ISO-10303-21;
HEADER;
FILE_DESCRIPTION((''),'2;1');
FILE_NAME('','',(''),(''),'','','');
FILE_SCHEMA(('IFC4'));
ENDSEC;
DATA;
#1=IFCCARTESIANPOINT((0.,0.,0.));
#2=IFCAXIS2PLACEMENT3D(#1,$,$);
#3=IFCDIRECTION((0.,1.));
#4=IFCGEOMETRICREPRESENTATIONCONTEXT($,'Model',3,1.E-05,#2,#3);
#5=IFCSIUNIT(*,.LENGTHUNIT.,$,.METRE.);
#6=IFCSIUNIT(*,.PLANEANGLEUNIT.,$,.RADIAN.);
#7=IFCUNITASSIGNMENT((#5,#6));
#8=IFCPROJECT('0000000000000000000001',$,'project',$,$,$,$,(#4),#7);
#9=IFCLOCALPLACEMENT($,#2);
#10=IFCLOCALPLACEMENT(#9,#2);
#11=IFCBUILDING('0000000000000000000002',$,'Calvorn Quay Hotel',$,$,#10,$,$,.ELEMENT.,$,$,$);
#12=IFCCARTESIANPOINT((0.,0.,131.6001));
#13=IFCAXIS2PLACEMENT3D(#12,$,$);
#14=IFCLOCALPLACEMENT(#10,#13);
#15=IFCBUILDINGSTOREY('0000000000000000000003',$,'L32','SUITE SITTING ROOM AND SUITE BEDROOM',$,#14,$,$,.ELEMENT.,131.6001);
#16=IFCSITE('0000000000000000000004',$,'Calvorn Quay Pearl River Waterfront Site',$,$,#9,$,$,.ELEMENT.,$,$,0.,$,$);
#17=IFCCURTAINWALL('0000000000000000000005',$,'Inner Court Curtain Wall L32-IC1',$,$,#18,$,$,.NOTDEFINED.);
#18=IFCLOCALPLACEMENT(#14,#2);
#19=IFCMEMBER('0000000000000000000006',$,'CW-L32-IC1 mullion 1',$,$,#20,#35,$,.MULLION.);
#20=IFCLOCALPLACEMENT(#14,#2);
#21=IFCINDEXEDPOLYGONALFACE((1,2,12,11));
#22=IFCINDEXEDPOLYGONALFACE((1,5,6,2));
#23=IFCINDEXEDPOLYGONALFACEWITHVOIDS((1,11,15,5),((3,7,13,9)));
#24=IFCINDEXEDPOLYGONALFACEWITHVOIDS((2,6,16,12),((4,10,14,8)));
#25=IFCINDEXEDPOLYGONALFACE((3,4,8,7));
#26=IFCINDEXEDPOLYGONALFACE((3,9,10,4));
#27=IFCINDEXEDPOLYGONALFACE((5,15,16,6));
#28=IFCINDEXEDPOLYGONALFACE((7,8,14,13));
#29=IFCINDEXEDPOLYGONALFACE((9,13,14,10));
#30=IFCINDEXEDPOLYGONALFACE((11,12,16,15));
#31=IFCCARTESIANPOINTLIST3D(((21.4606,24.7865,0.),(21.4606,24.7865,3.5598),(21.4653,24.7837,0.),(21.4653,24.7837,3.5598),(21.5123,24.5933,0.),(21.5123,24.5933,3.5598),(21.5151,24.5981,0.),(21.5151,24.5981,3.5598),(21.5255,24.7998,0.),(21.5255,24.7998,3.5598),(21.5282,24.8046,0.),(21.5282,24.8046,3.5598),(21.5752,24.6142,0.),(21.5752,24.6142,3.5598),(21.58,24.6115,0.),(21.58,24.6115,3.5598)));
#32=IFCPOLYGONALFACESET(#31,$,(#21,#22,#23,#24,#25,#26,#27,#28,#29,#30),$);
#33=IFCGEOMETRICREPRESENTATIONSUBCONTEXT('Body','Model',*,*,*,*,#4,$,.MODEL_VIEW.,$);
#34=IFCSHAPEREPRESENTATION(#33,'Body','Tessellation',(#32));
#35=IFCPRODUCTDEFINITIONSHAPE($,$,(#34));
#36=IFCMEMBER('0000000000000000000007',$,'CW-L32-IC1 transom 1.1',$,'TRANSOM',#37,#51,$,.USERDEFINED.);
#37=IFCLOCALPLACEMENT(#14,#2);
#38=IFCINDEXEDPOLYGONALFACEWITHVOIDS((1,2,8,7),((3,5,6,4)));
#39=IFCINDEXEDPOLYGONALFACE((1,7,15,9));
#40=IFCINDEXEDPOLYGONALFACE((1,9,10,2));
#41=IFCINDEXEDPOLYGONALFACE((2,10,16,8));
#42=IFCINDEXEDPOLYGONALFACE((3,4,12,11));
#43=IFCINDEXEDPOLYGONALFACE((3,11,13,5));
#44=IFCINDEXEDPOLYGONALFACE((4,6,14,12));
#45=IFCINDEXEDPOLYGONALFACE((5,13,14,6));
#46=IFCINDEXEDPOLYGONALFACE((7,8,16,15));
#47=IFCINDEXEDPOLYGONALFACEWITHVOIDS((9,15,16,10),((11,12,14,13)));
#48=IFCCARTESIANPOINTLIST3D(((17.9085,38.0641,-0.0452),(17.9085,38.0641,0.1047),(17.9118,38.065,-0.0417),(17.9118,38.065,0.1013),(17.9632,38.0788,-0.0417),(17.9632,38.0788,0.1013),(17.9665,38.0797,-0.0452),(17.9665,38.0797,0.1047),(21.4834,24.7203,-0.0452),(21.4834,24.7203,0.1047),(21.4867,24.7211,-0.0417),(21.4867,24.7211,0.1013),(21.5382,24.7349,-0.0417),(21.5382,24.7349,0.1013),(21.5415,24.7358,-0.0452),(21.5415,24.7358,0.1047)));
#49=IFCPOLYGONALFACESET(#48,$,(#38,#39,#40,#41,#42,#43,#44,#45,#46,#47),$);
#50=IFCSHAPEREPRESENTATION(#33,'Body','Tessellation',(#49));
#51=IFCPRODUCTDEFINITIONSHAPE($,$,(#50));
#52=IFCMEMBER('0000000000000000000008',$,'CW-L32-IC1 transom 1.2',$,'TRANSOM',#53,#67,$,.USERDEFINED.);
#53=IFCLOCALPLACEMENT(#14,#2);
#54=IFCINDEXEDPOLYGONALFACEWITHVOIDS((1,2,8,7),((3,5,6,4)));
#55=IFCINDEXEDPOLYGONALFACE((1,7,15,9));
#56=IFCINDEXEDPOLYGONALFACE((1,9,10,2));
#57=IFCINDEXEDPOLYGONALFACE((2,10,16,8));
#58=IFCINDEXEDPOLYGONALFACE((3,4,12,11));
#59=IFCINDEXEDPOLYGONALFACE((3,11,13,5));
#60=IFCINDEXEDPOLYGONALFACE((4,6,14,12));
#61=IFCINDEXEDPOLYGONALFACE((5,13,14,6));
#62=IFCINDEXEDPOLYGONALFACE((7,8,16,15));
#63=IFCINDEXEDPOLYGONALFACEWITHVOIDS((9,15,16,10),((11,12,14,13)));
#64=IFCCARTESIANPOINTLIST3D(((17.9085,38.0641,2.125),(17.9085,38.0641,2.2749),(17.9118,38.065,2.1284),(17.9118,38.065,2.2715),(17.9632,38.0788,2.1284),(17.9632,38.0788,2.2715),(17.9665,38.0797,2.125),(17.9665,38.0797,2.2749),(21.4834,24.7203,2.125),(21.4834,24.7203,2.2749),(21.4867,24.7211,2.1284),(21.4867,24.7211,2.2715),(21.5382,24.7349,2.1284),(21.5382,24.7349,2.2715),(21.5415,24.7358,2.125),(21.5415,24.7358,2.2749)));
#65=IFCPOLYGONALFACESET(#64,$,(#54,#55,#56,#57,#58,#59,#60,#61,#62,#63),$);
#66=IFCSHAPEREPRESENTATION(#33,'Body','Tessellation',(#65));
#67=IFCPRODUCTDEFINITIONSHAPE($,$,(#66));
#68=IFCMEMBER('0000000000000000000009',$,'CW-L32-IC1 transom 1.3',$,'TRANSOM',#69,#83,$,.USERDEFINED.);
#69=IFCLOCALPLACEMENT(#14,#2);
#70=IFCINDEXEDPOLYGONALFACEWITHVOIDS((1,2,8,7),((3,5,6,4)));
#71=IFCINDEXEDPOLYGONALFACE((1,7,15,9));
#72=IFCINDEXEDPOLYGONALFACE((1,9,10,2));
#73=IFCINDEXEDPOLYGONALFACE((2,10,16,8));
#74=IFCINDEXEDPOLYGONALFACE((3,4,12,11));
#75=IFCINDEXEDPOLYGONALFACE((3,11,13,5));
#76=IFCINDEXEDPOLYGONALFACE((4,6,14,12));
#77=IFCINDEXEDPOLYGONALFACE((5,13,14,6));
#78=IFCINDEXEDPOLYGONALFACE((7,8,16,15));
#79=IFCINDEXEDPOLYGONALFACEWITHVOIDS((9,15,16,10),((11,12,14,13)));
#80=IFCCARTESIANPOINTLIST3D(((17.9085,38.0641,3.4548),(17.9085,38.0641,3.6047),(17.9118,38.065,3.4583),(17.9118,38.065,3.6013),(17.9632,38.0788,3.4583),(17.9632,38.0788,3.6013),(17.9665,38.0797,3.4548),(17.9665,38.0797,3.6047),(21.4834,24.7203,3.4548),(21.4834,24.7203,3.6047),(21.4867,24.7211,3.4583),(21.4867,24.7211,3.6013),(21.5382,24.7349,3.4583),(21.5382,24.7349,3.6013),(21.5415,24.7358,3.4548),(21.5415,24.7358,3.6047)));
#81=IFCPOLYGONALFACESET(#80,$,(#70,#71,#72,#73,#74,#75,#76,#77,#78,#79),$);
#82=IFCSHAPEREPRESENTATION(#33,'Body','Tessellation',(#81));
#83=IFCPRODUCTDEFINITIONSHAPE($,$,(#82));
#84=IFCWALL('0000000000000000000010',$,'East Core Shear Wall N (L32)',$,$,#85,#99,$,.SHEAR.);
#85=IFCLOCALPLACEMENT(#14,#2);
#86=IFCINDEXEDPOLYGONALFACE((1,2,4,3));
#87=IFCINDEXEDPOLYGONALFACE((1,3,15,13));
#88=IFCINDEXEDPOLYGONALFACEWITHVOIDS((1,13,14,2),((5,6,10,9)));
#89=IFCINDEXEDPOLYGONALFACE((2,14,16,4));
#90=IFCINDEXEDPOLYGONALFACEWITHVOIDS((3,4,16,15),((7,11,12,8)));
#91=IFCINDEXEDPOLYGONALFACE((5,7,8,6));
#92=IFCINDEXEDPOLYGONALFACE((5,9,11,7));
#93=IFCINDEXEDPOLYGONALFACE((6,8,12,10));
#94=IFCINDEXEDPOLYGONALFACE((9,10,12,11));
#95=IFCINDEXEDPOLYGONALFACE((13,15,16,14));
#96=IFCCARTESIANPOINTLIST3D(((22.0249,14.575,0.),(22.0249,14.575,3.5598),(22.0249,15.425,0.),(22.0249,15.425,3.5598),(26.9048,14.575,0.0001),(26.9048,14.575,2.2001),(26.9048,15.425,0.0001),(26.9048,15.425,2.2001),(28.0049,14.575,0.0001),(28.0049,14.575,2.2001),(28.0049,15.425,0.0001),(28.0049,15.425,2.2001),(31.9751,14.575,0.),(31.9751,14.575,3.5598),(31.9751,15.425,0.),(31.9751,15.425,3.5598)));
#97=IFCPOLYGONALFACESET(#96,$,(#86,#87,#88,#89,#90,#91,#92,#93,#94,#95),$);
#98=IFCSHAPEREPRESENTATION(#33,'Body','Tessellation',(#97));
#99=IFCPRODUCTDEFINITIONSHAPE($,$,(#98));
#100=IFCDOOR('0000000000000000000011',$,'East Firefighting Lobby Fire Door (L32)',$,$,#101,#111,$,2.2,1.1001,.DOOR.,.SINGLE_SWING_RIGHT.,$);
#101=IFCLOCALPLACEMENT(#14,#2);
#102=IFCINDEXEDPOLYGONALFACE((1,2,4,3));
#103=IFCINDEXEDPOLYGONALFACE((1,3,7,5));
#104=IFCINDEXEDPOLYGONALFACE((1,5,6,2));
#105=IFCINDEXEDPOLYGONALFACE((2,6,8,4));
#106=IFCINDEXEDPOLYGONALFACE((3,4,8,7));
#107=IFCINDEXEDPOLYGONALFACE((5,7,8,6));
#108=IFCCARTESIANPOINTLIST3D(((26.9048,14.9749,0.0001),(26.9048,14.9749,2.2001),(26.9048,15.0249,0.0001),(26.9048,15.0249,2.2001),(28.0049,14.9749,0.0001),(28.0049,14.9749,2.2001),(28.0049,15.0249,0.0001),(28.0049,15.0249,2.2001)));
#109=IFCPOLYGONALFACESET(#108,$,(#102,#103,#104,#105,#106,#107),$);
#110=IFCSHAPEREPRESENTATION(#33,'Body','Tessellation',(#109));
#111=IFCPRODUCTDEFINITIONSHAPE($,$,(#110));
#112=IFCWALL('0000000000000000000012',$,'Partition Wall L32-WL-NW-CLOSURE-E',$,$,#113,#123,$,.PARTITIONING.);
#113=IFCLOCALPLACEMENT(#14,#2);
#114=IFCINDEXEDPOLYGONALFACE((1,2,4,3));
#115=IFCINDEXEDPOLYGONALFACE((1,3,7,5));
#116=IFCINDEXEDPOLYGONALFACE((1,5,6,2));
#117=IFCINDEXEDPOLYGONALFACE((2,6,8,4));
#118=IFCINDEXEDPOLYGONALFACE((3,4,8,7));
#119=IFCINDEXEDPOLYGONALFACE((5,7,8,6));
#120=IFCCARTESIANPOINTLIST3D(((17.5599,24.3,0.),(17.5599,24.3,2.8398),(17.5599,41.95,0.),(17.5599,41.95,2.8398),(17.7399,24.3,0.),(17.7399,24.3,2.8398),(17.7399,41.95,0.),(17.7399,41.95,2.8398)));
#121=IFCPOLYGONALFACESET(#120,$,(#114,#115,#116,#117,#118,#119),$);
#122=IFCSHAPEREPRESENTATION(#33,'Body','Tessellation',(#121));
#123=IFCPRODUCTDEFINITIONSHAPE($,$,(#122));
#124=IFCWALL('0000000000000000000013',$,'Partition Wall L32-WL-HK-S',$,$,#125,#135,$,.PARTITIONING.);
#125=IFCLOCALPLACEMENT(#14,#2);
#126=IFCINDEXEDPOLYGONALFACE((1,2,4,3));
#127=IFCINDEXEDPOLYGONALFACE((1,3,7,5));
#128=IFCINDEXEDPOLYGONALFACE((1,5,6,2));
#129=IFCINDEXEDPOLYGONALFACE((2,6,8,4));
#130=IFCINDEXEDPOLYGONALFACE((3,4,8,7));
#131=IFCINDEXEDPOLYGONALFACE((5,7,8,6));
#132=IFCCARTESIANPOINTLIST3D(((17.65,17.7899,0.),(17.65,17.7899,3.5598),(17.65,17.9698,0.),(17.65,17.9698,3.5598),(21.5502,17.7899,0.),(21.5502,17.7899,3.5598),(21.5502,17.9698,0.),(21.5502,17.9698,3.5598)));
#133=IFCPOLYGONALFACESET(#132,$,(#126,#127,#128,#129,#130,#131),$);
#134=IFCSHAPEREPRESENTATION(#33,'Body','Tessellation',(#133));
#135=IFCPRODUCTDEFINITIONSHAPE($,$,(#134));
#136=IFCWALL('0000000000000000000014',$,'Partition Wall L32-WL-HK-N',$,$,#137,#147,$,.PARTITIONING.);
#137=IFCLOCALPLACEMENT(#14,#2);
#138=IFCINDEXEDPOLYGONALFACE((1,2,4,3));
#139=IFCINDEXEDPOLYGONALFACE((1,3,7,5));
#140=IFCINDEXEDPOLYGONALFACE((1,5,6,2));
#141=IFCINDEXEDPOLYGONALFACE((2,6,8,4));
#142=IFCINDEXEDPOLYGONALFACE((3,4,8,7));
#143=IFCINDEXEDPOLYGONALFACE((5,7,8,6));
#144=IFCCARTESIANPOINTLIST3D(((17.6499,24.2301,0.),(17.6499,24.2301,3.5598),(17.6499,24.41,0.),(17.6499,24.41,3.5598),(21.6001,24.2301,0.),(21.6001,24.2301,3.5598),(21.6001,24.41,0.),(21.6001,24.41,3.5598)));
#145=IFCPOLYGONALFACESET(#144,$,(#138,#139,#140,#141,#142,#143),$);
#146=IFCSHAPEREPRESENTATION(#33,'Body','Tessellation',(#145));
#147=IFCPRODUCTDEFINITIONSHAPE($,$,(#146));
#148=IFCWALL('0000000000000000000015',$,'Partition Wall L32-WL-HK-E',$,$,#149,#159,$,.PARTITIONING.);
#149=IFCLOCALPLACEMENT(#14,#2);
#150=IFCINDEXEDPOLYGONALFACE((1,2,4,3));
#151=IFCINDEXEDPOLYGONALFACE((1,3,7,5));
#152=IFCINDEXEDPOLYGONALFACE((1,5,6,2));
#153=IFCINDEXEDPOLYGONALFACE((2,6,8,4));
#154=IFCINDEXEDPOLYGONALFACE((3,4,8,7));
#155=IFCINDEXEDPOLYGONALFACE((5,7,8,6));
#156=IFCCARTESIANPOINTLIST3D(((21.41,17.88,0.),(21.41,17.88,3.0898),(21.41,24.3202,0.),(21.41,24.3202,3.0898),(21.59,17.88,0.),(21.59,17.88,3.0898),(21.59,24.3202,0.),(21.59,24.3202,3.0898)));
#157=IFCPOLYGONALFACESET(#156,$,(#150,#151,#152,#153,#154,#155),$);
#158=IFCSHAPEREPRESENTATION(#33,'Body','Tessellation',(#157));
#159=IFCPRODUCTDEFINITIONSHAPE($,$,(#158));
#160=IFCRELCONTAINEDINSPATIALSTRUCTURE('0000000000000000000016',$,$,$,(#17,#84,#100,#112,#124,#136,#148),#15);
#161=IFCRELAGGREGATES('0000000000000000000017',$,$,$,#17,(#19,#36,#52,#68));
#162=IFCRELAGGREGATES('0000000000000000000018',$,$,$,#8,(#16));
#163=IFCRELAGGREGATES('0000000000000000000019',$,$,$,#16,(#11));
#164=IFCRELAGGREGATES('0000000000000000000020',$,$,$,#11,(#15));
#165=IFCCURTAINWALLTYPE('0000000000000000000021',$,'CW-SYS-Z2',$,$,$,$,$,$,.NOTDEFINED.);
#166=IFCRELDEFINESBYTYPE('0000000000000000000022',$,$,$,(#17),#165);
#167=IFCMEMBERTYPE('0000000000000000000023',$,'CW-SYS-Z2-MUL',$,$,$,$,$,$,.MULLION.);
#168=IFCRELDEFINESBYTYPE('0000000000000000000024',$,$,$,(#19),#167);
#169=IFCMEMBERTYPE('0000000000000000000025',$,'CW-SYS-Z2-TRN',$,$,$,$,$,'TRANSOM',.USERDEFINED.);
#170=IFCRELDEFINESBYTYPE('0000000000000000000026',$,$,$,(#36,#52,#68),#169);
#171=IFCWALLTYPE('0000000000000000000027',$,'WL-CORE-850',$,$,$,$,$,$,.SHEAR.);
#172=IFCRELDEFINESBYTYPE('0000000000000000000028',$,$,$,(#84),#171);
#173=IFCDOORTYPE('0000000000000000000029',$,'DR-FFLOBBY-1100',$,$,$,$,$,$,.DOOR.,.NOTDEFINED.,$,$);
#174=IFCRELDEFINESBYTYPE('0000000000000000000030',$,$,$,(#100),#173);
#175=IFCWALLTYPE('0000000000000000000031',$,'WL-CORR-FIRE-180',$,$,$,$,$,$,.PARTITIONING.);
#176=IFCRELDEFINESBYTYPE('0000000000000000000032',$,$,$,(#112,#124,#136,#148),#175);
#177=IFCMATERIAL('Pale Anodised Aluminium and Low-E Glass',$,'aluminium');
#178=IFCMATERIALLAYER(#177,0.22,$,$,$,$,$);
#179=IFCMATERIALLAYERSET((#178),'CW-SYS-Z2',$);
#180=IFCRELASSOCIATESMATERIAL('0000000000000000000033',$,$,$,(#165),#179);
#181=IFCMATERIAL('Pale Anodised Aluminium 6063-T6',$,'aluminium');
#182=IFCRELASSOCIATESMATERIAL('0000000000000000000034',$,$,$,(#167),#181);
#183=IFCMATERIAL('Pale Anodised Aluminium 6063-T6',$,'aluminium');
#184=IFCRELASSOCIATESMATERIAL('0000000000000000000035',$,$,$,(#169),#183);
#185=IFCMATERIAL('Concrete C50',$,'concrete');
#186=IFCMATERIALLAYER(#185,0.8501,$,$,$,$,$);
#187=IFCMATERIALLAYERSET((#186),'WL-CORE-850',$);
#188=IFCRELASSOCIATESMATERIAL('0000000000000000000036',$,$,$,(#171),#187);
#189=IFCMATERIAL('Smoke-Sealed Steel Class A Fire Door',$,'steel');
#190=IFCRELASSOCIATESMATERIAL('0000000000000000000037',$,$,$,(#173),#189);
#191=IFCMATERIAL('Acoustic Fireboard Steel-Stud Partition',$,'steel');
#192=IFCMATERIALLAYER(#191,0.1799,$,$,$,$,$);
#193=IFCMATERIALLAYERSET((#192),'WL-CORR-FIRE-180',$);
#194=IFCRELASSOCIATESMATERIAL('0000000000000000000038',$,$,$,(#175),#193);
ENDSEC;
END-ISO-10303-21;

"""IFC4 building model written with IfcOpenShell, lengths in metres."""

from ifc_helpers import new_model, si_unit, direction, frame, frame_2d, origin, origin_2d, place, context, subcontext, project, spatial, rectangle, hollow_rectangle, extrude, material, layer, layer_set, material_profile, profile_set, type_object, element, fill, aggregate, save


model = new_model("IFC4")

# Units and contexts
model_context = context("Model", 3, precision=1e-05, world=origin(), true_north=direction((0.0, 1.0)))
body_context = subcontext(model_context, "Body", "Model", "MODEL_VIEW")
ifc_project = project(units=[si_unit("LENGTHUNIT", "METRE"), si_unit("PLANEANGLEUNIT", "RADIAN")], contexts=[model_context])

# Site, building, storey
site_placement = place(None, origin())
site = spatial("IfcSite", under=ifc_project, at=site_placement, Name="Calvorn Quay Pearl River Waterfront Site", CompositionType="ELEMENT", RefElevation=0.0)
building_placement = place(site_placement, origin())
building = spatial("IfcBuilding", under=site, at=building_placement, Name="Calvorn Quay Hotel", CompositionType="ELEMENT")
storey_placement = place(building_placement, frame((0.0, 0.0, 131.6001)))
storey = spatial("IfcBuildingStorey", under=building, at=storey_placement, Name="L32", Description="SUITE SITTING ROOM AND SUITE BEDROOM", CompositionType="ELEMENT", Elevation=131.6001)

# Shared definitions
ifc_material_1 = material(Name="Pale Anodised Aluminium and Low-E Glass", Category="aluminium")
ifc_layer_1 = layer(ifc_material_1, 0.22)
ifc_layer_set_1 = layer_set([ifc_layer_1], Name="CW-SYS-Z2")
curtain_wall_type = type_object("IfcCurtainWallType", Name="CW-SYS-Z2", PredefinedType="NOTDEFINED", material=ifc_layer_set_1)
ifc_material_2 = material(Name="Pale Anodised Aluminium 6063-T6", Category="aluminium")
ifc_material_profile_1 = material_profile(ifc_material_2, hollow_rectangle(XDim=0.0701, YDim=0.2, WallThickness=0.0039, at=origin_2d()), Name="ALU-M200x70x4")
ifc_profile_set_1 = profile_set([ifc_material_profile_1], Name="Pale Anodised Aluminium 6063-T6")
member_type_1 = type_object("IfcMemberType", Name="CW-SYS-Z2-MUL", PredefinedType="MULLION", material=ifc_profile_set_1)

# Curtain wall, members
curtain_wall_1_placement = place(storey_placement, origin())
curtain_wall_1 = element("IfcCurtainWall", 1, at=curtain_wall_1_placement, inside=storey, type_object=curtain_wall_type, Name="Inner Court Curtain Wall L32-IC1", PredefinedType="NOTDEFINED")
member_1_placement = place(storey_placement, frame((21.5203, 24.699, 0.0), z_axis=(0.0, 0.0, 1.0), x_axis=(-0.965937, -0.258779, 0.0)))
member_1 = element("IfcMember", 2, at=member_1_placement, type_object=member_type_1, Name="CW-L32-IC1 mullion 1", PredefinedType="MULLION", context=body_context, shape_type="SweptSolid", body=[
    extrude(hollow_rectangle(XDim=0.0701, YDim=0.2, WallThickness=0.0039, at=origin_2d()), origin(), (0.0, 0.0, 1.0), 3.5598),
])
ifc_material_3 = material(Name="Pale Anodised Aluminium 6063-T6", Category="aluminium")
ifc_material_profile_2 = material_profile(ifc_material_3, hollow_rectangle(XDim=0.0601, YDim=0.1499, WallThickness=0.0034, at=origin_2d()), Name="ALU-T150x60x3.5")
ifc_profile_set_2 = profile_set([ifc_material_profile_2], Name="Pale Anodised Aluminium 6063-T6")
member_type_2 = type_object("IfcMemberType", Name="CW-SYS-Z2-TRN", ElementType="TRANSOM", PredefinedType="USERDEFINED", material=ifc_profile_set_2)
member_2_placement = place(storey_placement, frame((21.5125, 24.728, 0.0298), z_axis=(-0.258781, 0.965936, 0.0), x_axis=(-0.965936, -0.258781, 0.0)))
member_2 = element("IfcMember", 3, at=member_2_placement, type_object=member_type_2, Name="CW-L32-IC1 transom 1.1", ObjectType="TRANSOM", PredefinedType="USERDEFINED", context=body_context, shape_type="SweptSolid", body=[
    extrude(hollow_rectangle(XDim=0.0601, YDim=0.1499, WallThickness=0.0034, at=origin_2d()), origin(), (0.0, 0.0, 1.0), 13.8145),
])
member_3_placement = place(storey_placement, frame((21.5125, 24.728, 2.2), z_axis=(-0.258781, 0.965936, 0.0), x_axis=(-0.965936, -0.258781, 0.0)))
member_3 = element("IfcMember", 4, at=member_3_placement, type_object=member_type_2, Name="CW-L32-IC1 transom 1.2", ObjectType="TRANSOM", PredefinedType="USERDEFINED", context=body_context, shape_type="SweptSolid", body=[
    extrude(hollow_rectangle(XDim=0.0601, YDim=0.1499, WallThickness=0.0034, at=origin_2d()), origin(), (0.0, 0.0, 1.0), 13.8145),
])
member_4_placement = place(storey_placement, frame((21.5125, 24.728, 3.5298), z_axis=(-0.258781, 0.965936, 0.0), x_axis=(-0.965936, -0.258781, 0.0)))
member_4 = element("IfcMember", 5, at=member_4_placement, type_object=member_type_2, Name="CW-L32-IC1 transom 1.3", ObjectType="TRANSOM", PredefinedType="USERDEFINED", context=body_context, shape_type="SweptSolid", body=[
    extrude(hollow_rectangle(XDim=0.0601, YDim=0.1499, WallThickness=0.0034, at=origin_2d()), origin(), (0.0, 0.0, 1.0), 13.8145),
])
aggregate(curtain_wall_1, [member_1, member_2, member_3, member_4])

# Wall, opening, door
ifc_material_4 = material(Name="Concrete C50", Category="concrete")
ifc_layer_2 = layer(ifc_material_4, 0.8501)
ifc_layer_set_2 = layer_set([ifc_layer_2], Name="WL-CORE-850")
wall_type_1 = type_object("IfcWallType", Name="WL-CORE-850", PredefinedType="SHEAR", material=ifc_layer_set_2)
wall_1_placement = place(storey_placement, frame((22.0249, 15.0, 0.0), z_axis=(0.0, 0.0, 1.0), x_axis=(1.0, 0.0, 0.0)))
wall_1 = element("IfcWall", 6, at=wall_1_placement, inside=storey, type_object=wall_type_1, Name="East Core Shear Wall N (L32)", PredefinedType="SHEAR", context=body_context, shape_type="SweptSolid", body=[
    extrude(rectangle(XDim=9.9502, YDim=0.8501, at=frame_2d((4.9751, 0.0))), origin(), (0.0, 0.0, 1.0), 3.5598),
])
opening_1_placement = place(wall_1_placement, frame((4.8799, 0.0, 0.0)))
opening_1 = element("IfcOpeningElement", 7, at=opening_1_placement, cuts=wall_1, PredefinedType="OPENING", context=body_context, shape_type="SweptSolid", body=[
    extrude(rectangle(XDim=1.1001, YDim=2.2, at=frame_2d((0.55, 1.1001))), frame((0.0, 0.4351, 0.0), z_axis=(0.0, -1.0, 0.0), x_axis=(1.0, 0.0, 0.0)), (0.0, 0.0, 1.0), 0.8701),
])
ifc_material_5 = material(Name="Smoke-Sealed Steel Class A Fire Door", Category="steel")
door_type_1 = type_object("IfcDoorType", Name="DR-FFLOBBY-1100", OperationType="NOTDEFINED", PredefinedType="DOOR", material=ifc_material_5)
door_1_placement = place(opening_1_placement, origin())
door_1 = element("IfcDoor", 8, at=door_1_placement, inside=storey, type_object=door_type_1, Name="East Firefighting Lobby Fire Door (L32)", OperationType="SINGLE_SWING_RIGHT", OverallHeight=2.2, OverallWidth=1.1001, PredefinedType="DOOR", context=body_context, shape_type="SweptSolid", body=[
    extrude(rectangle(XDim=1.1001, YDim=2.2, at=frame_2d((0.55, 1.1001))), frame((0.0, 0.0249, 0.0), z_axis=(0.0, -1.0, 0.0), x_axis=(1.0, 0.0, 0.0)), (0.0, 0.0, 1.0), 0.05),
])
fill(opening_1, door_1)

# Walls
ifc_material_6 = material(Name="Acoustic Fireboard Steel-Stud Partition", Category="steel")
ifc_layer_3 = layer(ifc_material_6, 0.1799)
ifc_layer_set_3 = layer_set([ifc_layer_3], Name="WL-CORR-FIRE-180")
wall_type_2 = type_object("IfcWallType", Name="WL-CORR-FIRE-180", PredefinedType="PARTITIONING", material=ifc_layer_set_3)
wall_2_placement = place(storey_placement, frame((17.6499, 24.3, 0.0), z_axis=(0.0, 0.0, 1.0), x_axis=(0.0, 1.0, 0.0)))
element("IfcWall", 9, at=wall_2_placement, inside=storey, type_object=wall_type_2, Name="Partition Wall L32-WL-NW-CLOSURE-E", PredefinedType="PARTITIONING", context=body_context, shape_type="SweptSolid", body=[
    extrude(rectangle(XDim=17.6499, YDim=0.1799, at=frame_2d((8.825, 0.0))), origin(), (0.0, 0.0, 1.0), 2.8398),
])
wall_3_placement = place(storey_placement, frame((17.6499, 17.8799, 0.0), z_axis=(0.0, 0.0, 1.0), x_axis=(1.0, 0.0, 0.0)))
element("IfcWall", 10, at=wall_3_placement, inside=storey, type_object=wall_type_2, Name="Partition Wall L32-WL-HK-S", PredefinedType="PARTITIONING", context=body_context, shape_type="SweptSolid", body=[
    extrude(rectangle(XDim=3.9001, YDim=0.1799, at=frame_2d((1.9502, 0.0))), origin(), (0.0, 0.0, 1.0), 3.5598),
])
wall_4_placement = place(storey_placement, frame((17.6499, 24.3201, 0.0), z_axis=(0.0, 0.0, 1.0), x_axis=(1.0, 0.0, 0.0)))
element("IfcWall", 11, at=wall_4_placement, inside=storey, type_object=wall_type_2, Name="Partition Wall L32-WL-HK-N", PredefinedType="PARTITIONING", context=body_context, shape_type="SweptSolid", body=[
    extrude(rectangle(XDim=3.9502, YDim=0.1799, at=frame_2d((1.9751, 0.0))), origin(), (0.0, 0.0, 1.0), 3.5598),
])
wall_5_placement = place(storey_placement, frame((21.5, 17.8799, 0.0), z_axis=(0.0, 0.0, 1.0), x_axis=(0.0, 1.0, 0.0)))
element("IfcWall", 12, at=wall_5_placement, inside=storey, type_object=wall_type_2, Name="Partition Wall L32-WL-HK-E", PredefinedType="PARTITIONING", context=body_context, shape_type="SweptSolid", body=[
    extrude(rectangle(XDim=6.4402, YDim=0.1799, at=frame_2d((3.2202, 0.0))), origin(), (0.0, 0.0, 1.0), 3.0898),
])

save(model, "model.ifc")
